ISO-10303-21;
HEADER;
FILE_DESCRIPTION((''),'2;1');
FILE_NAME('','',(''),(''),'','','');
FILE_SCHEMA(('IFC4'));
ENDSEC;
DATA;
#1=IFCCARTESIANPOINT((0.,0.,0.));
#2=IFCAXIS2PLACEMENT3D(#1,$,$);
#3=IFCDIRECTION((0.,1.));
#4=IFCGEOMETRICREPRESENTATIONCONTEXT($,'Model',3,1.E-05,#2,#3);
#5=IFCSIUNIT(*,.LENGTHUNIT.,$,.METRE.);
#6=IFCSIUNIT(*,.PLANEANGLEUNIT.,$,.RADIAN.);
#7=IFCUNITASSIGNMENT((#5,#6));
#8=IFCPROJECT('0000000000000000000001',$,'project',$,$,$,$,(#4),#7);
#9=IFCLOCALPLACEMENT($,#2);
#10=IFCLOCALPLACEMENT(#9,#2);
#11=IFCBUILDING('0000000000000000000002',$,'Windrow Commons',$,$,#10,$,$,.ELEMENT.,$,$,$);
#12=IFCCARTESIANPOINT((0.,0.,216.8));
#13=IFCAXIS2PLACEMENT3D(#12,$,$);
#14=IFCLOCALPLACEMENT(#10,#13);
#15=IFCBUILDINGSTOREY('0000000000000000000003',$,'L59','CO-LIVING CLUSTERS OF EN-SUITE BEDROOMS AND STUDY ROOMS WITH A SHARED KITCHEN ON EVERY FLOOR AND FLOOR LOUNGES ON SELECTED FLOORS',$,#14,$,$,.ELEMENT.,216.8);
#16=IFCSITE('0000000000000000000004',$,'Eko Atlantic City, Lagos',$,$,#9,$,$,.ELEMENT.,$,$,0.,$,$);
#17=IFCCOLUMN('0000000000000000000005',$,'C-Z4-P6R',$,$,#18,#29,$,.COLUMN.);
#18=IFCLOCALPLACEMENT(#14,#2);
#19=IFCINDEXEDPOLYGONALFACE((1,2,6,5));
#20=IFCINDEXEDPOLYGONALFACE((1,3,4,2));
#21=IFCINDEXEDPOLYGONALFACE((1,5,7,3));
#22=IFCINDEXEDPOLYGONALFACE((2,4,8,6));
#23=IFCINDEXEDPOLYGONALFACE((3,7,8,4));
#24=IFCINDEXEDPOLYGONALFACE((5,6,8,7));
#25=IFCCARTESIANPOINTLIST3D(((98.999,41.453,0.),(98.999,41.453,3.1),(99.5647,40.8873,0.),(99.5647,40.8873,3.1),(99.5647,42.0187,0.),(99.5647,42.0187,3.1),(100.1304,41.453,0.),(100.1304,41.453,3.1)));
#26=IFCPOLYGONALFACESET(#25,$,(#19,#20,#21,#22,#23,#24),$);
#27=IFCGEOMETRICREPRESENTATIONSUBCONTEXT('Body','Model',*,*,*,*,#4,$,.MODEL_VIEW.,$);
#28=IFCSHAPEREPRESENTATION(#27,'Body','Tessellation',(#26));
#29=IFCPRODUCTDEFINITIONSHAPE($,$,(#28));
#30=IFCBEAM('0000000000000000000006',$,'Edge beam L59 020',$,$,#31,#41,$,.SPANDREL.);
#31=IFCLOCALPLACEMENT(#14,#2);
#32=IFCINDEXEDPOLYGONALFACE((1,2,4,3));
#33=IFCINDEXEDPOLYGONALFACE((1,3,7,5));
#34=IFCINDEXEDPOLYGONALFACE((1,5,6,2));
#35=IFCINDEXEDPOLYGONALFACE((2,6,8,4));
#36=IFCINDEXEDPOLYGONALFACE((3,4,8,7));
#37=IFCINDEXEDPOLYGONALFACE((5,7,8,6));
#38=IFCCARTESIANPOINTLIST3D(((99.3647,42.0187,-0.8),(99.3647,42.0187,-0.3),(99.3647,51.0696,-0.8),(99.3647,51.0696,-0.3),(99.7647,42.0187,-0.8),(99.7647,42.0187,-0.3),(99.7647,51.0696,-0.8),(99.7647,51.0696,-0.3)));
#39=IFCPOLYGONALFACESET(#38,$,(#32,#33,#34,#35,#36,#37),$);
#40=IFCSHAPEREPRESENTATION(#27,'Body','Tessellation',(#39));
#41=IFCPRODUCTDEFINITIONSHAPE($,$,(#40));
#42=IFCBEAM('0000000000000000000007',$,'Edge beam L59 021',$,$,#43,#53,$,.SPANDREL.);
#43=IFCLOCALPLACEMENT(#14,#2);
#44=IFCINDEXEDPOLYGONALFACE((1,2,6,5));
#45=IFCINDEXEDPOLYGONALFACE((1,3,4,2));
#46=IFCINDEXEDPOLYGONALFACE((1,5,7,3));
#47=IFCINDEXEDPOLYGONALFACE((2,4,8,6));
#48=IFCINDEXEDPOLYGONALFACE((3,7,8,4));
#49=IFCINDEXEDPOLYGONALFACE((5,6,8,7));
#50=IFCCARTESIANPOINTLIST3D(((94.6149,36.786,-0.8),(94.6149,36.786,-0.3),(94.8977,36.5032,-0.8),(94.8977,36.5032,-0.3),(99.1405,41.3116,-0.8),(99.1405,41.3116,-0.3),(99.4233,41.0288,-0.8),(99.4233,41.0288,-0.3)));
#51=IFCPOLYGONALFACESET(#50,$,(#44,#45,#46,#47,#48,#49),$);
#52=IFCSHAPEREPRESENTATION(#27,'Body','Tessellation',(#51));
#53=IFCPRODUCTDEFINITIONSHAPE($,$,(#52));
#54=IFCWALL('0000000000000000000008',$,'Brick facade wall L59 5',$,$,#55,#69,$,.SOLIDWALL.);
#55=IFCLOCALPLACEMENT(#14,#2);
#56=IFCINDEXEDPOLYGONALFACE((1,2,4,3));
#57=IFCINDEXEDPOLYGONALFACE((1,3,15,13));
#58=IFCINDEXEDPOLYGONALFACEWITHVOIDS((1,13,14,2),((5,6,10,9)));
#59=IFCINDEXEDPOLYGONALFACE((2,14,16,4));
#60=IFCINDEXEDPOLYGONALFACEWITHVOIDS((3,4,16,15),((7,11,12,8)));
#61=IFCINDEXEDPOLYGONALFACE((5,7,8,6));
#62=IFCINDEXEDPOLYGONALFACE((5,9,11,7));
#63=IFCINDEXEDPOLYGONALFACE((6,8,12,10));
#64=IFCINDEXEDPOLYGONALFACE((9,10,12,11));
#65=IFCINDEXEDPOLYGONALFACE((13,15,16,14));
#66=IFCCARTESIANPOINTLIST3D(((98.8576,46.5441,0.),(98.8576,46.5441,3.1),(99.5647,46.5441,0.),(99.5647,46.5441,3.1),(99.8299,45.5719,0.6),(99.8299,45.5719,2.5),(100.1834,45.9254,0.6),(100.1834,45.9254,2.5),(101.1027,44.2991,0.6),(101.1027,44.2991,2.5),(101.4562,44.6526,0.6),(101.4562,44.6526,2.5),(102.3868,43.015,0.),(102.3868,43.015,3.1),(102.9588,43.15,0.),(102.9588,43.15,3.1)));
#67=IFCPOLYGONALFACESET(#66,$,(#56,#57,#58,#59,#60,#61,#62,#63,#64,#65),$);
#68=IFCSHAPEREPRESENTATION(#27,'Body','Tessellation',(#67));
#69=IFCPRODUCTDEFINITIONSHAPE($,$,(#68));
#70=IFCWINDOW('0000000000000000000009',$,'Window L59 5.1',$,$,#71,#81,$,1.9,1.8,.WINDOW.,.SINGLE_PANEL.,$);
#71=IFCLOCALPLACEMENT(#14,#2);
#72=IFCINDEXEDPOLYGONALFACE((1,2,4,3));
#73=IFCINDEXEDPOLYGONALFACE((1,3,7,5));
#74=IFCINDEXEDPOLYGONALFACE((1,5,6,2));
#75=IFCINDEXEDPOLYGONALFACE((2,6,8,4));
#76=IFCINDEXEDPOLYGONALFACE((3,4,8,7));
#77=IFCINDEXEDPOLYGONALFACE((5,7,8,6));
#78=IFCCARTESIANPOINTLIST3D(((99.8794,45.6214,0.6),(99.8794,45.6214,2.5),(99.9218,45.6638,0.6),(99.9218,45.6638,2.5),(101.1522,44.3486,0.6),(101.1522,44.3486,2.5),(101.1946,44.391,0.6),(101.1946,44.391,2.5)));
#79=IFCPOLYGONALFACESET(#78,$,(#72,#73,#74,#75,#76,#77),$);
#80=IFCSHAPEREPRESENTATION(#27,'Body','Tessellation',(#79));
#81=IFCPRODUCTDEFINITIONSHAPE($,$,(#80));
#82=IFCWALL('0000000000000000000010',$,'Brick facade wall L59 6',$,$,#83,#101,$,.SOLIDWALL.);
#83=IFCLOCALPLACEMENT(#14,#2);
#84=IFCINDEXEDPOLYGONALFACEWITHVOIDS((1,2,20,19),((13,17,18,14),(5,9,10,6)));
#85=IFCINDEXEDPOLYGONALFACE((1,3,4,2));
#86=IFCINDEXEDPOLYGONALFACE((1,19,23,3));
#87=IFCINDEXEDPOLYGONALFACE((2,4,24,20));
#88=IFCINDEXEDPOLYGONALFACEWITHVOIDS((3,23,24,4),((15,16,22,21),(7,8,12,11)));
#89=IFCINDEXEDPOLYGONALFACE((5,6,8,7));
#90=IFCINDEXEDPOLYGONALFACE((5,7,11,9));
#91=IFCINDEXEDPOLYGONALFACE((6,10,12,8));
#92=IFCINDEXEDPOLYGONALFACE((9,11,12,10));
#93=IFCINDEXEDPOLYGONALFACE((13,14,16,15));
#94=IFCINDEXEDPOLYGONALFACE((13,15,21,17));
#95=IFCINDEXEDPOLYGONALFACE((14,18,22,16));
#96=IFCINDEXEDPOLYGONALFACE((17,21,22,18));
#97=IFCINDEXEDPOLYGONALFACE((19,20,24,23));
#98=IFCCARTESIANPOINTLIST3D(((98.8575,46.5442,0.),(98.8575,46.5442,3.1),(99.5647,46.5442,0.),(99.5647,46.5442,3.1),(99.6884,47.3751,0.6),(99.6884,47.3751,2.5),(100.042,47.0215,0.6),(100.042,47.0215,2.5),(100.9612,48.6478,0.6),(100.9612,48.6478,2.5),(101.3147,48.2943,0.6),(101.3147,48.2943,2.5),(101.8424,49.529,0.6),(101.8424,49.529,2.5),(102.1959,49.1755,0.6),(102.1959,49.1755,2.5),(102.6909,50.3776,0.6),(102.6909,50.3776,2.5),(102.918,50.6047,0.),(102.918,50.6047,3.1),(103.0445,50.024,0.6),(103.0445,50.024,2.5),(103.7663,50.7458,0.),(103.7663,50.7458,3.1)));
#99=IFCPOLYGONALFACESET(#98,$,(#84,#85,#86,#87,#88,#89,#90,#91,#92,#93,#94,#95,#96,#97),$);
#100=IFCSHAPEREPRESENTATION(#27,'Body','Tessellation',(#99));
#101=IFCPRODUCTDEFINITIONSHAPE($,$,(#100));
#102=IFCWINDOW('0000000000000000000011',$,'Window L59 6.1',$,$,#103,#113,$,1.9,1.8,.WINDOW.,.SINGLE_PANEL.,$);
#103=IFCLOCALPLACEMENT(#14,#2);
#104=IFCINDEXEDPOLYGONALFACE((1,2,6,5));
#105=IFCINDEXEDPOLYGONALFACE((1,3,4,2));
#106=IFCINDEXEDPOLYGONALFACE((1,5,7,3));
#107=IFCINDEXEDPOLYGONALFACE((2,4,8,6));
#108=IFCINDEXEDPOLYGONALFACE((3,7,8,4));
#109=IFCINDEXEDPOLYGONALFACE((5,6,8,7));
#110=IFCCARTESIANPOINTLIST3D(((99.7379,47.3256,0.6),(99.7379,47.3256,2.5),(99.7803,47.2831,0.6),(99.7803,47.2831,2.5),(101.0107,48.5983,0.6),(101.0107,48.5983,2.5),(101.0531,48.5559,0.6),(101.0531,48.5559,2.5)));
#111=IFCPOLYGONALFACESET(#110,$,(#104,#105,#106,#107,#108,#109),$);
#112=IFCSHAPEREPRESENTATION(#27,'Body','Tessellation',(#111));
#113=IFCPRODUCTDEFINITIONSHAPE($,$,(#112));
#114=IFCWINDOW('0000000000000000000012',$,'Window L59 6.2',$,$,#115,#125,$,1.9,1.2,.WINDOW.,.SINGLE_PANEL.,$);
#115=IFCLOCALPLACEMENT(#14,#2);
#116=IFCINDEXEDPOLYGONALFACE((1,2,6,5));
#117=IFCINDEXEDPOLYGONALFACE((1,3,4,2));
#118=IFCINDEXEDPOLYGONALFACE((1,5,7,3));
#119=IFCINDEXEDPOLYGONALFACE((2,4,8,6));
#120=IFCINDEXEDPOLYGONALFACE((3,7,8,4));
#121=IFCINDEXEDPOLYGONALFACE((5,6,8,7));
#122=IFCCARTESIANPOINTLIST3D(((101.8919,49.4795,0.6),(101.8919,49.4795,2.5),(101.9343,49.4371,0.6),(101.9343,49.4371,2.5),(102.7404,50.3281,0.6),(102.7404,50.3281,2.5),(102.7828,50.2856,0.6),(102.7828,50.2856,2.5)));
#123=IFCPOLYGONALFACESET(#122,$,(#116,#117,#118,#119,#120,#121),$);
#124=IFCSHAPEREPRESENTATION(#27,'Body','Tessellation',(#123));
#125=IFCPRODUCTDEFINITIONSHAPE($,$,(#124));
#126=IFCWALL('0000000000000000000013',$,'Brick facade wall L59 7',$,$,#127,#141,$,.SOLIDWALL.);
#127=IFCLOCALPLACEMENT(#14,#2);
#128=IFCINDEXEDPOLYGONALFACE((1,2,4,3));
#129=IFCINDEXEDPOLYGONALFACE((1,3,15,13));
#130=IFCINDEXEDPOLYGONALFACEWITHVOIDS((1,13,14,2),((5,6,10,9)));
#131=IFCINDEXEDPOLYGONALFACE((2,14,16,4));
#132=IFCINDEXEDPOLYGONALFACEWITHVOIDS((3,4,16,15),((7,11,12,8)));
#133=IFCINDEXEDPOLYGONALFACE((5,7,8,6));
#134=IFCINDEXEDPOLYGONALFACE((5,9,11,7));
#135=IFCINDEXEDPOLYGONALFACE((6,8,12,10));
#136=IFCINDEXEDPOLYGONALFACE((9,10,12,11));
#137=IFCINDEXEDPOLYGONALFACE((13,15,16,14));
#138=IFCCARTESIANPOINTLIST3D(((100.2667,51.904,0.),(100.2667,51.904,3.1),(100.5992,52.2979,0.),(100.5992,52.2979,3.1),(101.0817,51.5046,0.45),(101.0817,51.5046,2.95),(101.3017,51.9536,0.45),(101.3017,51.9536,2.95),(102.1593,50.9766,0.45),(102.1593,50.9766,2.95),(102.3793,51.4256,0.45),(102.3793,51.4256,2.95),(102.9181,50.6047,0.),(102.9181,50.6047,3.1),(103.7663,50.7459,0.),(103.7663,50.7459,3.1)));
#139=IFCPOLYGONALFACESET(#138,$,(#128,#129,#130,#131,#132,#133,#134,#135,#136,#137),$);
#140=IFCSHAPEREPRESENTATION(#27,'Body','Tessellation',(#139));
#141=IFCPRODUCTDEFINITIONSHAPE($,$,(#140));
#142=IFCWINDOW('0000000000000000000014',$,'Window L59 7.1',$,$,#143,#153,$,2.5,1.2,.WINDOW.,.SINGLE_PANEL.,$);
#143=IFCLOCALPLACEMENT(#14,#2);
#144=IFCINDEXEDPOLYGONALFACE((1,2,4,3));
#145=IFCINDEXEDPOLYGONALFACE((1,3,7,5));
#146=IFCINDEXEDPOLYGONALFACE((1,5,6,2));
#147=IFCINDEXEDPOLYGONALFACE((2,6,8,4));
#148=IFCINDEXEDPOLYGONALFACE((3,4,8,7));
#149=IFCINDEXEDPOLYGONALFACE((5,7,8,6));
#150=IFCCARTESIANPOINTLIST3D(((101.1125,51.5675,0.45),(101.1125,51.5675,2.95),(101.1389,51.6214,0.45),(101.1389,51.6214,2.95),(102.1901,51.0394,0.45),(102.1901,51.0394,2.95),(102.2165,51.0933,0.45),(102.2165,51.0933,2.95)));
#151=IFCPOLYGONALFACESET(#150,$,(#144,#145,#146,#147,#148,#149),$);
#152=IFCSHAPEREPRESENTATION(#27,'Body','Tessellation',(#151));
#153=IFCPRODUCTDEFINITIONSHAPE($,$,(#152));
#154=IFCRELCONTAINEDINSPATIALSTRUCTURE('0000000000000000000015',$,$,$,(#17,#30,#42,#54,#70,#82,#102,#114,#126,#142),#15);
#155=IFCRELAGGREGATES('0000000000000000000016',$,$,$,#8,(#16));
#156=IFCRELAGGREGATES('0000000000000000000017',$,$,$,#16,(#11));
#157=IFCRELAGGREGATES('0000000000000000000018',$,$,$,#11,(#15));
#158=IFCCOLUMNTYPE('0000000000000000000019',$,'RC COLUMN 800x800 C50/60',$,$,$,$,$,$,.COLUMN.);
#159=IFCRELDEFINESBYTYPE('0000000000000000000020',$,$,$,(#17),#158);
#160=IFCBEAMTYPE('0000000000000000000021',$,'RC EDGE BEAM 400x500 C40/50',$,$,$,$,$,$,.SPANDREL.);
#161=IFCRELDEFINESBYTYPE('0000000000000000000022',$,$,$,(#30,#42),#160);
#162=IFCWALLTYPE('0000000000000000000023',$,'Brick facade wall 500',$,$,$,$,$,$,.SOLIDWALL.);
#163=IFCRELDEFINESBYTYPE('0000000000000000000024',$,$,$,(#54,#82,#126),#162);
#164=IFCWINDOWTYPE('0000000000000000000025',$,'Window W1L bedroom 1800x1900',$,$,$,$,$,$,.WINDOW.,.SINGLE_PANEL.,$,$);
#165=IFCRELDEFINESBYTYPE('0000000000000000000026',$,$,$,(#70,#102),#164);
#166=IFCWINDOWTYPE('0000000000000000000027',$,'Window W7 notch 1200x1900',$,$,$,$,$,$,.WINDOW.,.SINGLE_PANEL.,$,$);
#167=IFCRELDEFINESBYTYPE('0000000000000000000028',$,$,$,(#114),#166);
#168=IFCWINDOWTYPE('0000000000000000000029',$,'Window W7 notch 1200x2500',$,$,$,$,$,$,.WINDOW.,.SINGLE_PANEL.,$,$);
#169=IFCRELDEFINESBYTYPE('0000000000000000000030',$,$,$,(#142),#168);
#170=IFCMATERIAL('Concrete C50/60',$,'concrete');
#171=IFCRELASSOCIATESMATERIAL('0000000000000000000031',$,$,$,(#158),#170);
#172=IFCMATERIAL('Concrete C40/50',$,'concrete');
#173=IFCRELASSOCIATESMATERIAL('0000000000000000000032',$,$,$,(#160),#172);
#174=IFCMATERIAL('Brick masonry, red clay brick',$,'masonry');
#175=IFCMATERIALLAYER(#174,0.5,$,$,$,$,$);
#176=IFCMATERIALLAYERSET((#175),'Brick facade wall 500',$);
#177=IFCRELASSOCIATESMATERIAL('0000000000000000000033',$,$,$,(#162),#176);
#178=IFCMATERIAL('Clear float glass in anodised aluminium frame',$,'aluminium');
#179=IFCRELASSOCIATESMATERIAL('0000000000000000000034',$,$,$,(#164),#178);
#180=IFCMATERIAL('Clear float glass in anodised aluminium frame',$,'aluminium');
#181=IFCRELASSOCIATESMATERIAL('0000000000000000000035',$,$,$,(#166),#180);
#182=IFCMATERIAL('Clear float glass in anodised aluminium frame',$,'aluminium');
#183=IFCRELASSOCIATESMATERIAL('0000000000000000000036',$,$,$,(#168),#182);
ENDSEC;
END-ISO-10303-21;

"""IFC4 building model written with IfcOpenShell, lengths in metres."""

from ifc_helpers import new_model, si_unit, direction, frame, frame_2d, origin, origin_2d, place, context, subcontext, project, spatial, polyline, rectangle, outline, extrude, material, layer, layer_set, material_profile, profile_set, type_object, element, fill, save


model = new_model("IFC4")

# Units and contexts
model_context = context("Model", 3, precision=1e-05, world=origin(), true_north=direction((0.0, 1.0)))
body_context = subcontext(model_context, "Body", "Model", "MODEL_VIEW")
ifc_project = project(units=[si_unit("LENGTHUNIT", "METRE"), si_unit("PLANEANGLEUNIT", "RADIAN")], contexts=[model_context])

# Site, building, storey
site_placement = place(None, origin())
site = spatial("IfcSite", under=ifc_project, at=site_placement, Name="Eko Atlantic City, Lagos", CompositionType="ELEMENT", RefElevation=0.0)
building_placement = place(site_placement, origin())
building = spatial("IfcBuilding", under=site, at=building_placement, Name="Windrow Commons", CompositionType="ELEMENT")
storey_placement = place(building_placement, frame((0.0, 0.0, 216.8)))
storey = spatial("IfcBuildingStorey", under=building, at=storey_placement, Name="L59", Description="CO-LIVING CLUSTERS OF EN-SUITE BEDROOMS AND STUDY ROOMS WITH A SHARED KITCHEN ON EVERY FLOOR AND FLOOR LOUNGES ON SELECTED FLOORS", CompositionType="ELEMENT", Elevation=216.8)

# Column
ifc_material_1 = material(Name="Concrete C50/60", Category="concrete")
ifc_material_profile_1 = material_profile(ifc_material_1, rectangle(XDim=0.8, YDim=0.8, at=origin_2d()))
ifc_profile_set_1 = profile_set([ifc_material_profile_1], Name="Concrete C50/60")
column_type = type_object("IfcColumnType", Name="RC COLUMN 800x800 C50/60", PredefinedType="COLUMN", material=ifc_profile_set_1)
column_placement = place(storey_placement, frame((99.5647, 41.453, 0.0), z_axis=(0.0, 0.0, 1.0), x_axis=(0.707107, -0.707107, 0.0)))
element("IfcColumn", 1, at=column_placement, inside=storey, type_object=column_type, Name="C-Z4-P6R", PredefinedType="COLUMN", context=body_context, shape_type="SweptSolid", body=[
    extrude(rectangle(XDim=0.8, YDim=0.8, at=origin_2d()), origin(), (0.0, 0.0, 1.0), 3.1),
])

# Beams
ifc_material_2 = material(Name="Concrete C40/50", Category="concrete")
ifc_material_profile_2 = material_profile(ifc_material_2, rectangle(XDim=0.4, YDim=0.5, at=origin_2d()))
ifc_profile_set_2 = profile_set([ifc_material_profile_2], Name="Concrete C40/50")
beam_type = type_object("IfcBeamType", Name="RC EDGE BEAM 400x500 C40/50", PredefinedType="SPANDREL", material=ifc_profile_set_2)
beam_1_placement = place(storey_placement, frame((99.5647, 51.0696, -0.55), z_axis=(0.0, -1.0, 0.0), x_axis=(1.0, 0.0, 0.0)))
element("IfcBeam", 2, at=beam_1_placement, inside=storey, type_object=beam_type, Name="Edge beam L59 020", PredefinedType="SPANDREL", context=body_context, shape_type="SweptSolid", body=[
    extrude(rectangle(XDim=0.4, YDim=0.5, at=origin_2d()), origin(), (0.0, 0.0, 1.0), 9.0509),
])
beam_2_placement = place(storey_placement, frame((99.2819, 41.1702, -0.55), z_axis=(-0.707107, -0.707107, 0.0), x_axis=(0.707107, -0.707107, 0.0)))
element("IfcBeam", 3, at=beam_2_placement, inside=storey, type_object=beam_type, Name="Edge beam L59 021", PredefinedType="SPANDREL", context=body_context, shape_type="SweptSolid", body=[
    extrude(rectangle(XDim=0.4, YDim=0.5, at=origin_2d()), origin(), (0.0, 0.0, 1.0), 6.4002),
])

# Wall, opening, window
ifc_material_3 = material(Name="Brick masonry, red clay brick", Category="masonry")
ifc_layer_1 = layer(ifc_material_3, 0.5)
ifc_layer_set_1 = layer_set([ifc_layer_1], Name="Brick facade wall 500")
wall_type_1 = type_object("IfcWallType", Name="Brick facade wall 500", PredefinedType="SOLIDWALL", material=ifc_layer_set_1)
wall_1_placement = place(storey_placement, frame((102.6728, 43.0825, 0.0), z_axis=(0.0, 0.0, 1.0), x_axis=(-0.707107, 0.707107, 0.0)))
wall_1 = element("IfcWall", 4, at=wall_1_placement, inside=storey, type_object=wall_type_1, Name="Brick facade wall L59 5", PredefinedType="SOLIDWALL", context=body_context, shape_type="SweptSolid", body=[
    extrude(outline(polyline([(-0.1545, -0.25), (4.6455, -0.25), (5.1455, 0.25), (0.1545, 0.25), (-0.1545, -0.25)])), origin(), (0.0, 0.0, 1.0), 3.1),
])
opening_1_placement = place(wall_1_placement, frame((1.9705, 0.0, 0.6)))
opening_1 = element("IfcOpeningElement", 5, at=opening_1_placement, cuts=wall_1, PredefinedType="OPENING", context=body_context, shape_type="SweptSolid", body=[
    extrude(rectangle(XDim=1.8, YDim=1.9, at=frame_2d((0.9, 0.95))), frame((0.0, 0.26, 0.0), z_axis=(0.0, -1.0, 0.0), x_axis=(1.0, 0.0, 0.0)), (0.0, 0.0, 1.0), 0.52),
])
ifc_material_4 = material(Name="Clear float glass in anodised aluminium frame", Category="aluminium")
window_type_1 = type_object("IfcWindowType", Name="Window W1L bedroom 1800x1900", PartitioningType="SINGLE_PANEL", PredefinedType="WINDOW", material=ifc_material_4)
window_1_placement = place(opening_1_placement, origin())
window_1 = element("IfcWindow", 6, at=window_1_placement, inside=storey, type_object=window_type_1, Name="Window L59 5.1", OverallHeight=1.9, OverallWidth=1.8, PartitioningType="SINGLE_PANEL", PredefinedType="WINDOW", context=body_context, shape_type="SweptSolid", body=[
    extrude(rectangle(XDim=1.8, YDim=1.9, at=frame_2d((0.9, 0.95))), frame((0.0, 0.18, 0.0), z_axis=(0.0, -1.0, 0.0), x_axis=(1.0, 0.0, 0.0)), (0.0, 0.0, 1.0), 0.06),
])
fill(opening_1, window_1)

# Wall, openings, windows
wall_2_placement = place(storey_placement, frame((99.2111, 46.5442, 0.0), z_axis=(0.0, 0.0, 1.0), x_axis=(0.707107, 0.707107, 0.0)))
wall_2 = element("IfcWall", 7, at=wall_2_placement, inside=storey, type_object=wall_type_1, Name="Brick facade wall L59 6", PredefinedType="SOLIDWALL", context=body_context, shape_type="SweptSolid", body=[
    extrude(outline(polyline([(0.25, -0.25), (6.192, -0.25), (5.4924, 0.25), (-0.25, 0.25), (0.25, -0.25)])), origin(), (0.0, 0.0, 1.0), 3.1),
])
opening_2_placement = place(wall_2_placement, frame((0.925, 0.0, 0.6)))
opening_2 = element("IfcOpeningElement", 8, at=opening_2_placement, cuts=wall_2, PredefinedType="OPENING", context=body_context, shape_type="SweptSolid", body=[
    extrude(rectangle(XDim=1.8, YDim=1.9, at=frame_2d((0.9, 0.95))), frame((0.0, 0.26, 0.0), z_axis=(0.0, -1.0, 0.0), x_axis=(1.0, 0.0, 0.0)), (0.0, 0.0, 1.0), 0.52),
])
opening_3_placement = place(wall_2_placement, frame((3.9712, 0.0, 0.6)))
opening_3 = element("IfcOpeningElement", 9, at=opening_3_placement, cuts=wall_2, PredefinedType="OPENING", context=body_context, shape_type="SweptSolid", body=[
    extrude(rectangle(XDim=1.2, YDim=1.9, at=frame_2d((0.6, 0.95))), frame((0.0, 0.26, 0.0), z_axis=(0.0, -1.0, 0.0), x_axis=(1.0, 0.0, 0.0)), (0.0, 0.0, 1.0), 0.52),
])
window_2_placement = place(opening_2_placement, origin())
window_2 = element("IfcWindow", 10, at=window_2_placement, inside=storey, type_object=window_type_1, Name="Window L59 6.1", OverallHeight=1.9, OverallWidth=1.8, PartitioningType="SINGLE_PANEL", PredefinedType="WINDOW", context=body_context, shape_type="SweptSolid", body=[
    extrude(rectangle(XDim=1.8, YDim=1.9, at=frame_2d((0.9, 0.95))), frame((0.0, 0.18, 0.0), z_axis=(0.0, -1.0, 0.0), x_axis=(1.0, 0.0, 0.0)), (0.0, 0.0, 1.0), 0.06),
])
fill(opening_2, window_2)
ifc_material_5 = material(Name="Clear float glass in anodised aluminium frame", Category="aluminium")
window_type_2 = type_object("IfcWindowType", Name="Window W7 notch 1200x1900", PartitioningType="SINGLE_PANEL", PredefinedType="WINDOW", material=ifc_material_5)
window_3_placement = place(opening_3_placement, origin())
window_3 = element("IfcWindow", 11, at=window_3_placement, inside=storey, type_object=window_type_2, Name="Window L59 6.2", OverallHeight=1.9, OverallWidth=1.2, PartitioningType="SINGLE_PANEL", PredefinedType="WINDOW", context=body_context, shape_type="SweptSolid", body=[
    extrude(rectangle(XDim=1.2, YDim=1.9, at=frame_2d((0.6, 0.95))), frame((0.0, 0.18, 0.0), z_axis=(0.0, -1.0, 0.0), x_axis=(1.0, 0.0, 0.0)), (0.0, 0.0, 1.0), 0.06),
])
fill(opening_3, window_3)

# Wall, opening, window
wall_3_placement = place(storey_placement, frame((103.3422, 50.6753, 0.0), z_axis=(0.0, 0.0, 1.0), x_axis=(-0.897973, 0.440051, 0.0)))
wall_3 = element("IfcWall", 12, at=wall_3_placement, inside=storey, type_object=wall_type_1, Name="Brick facade wall L59 7", PredefinedType="SOLIDWALL", context=body_context, shape_type="SweptSolid", body=[
    extrude(outline(polyline([(-0.3498, -0.25), (3.1772, -0.25), (3.3024, 0.25), (0.3498, 0.25), (-0.3498, -0.25)])), origin(), (0.0, 0.0, 1.0), 3.1),
])
opening_4_placement = place(wall_3_placement, frame((1.1948, 0.0, 0.45)))
opening_4 = element("IfcOpeningElement", 13, at=opening_4_placement, cuts=wall_3, PredefinedType="OPENING", context=body_context, shape_type="SweptSolid", body=[
    extrude(rectangle(XDim=1.2, YDim=2.5, at=frame_2d((0.6, 1.25))), frame((0.0, 0.26, 0.0), z_axis=(0.0, -1.0, 0.0), x_axis=(1.0, 0.0, 0.0)), (0.0, 0.0, 1.0), 0.52),
])
ifc_material_6 = material(Name="Clear float glass in anodised aluminium frame", Category="aluminium")
window_type_3 = type_object("IfcWindowType", Name="Window W7 notch 1200x2500", PartitioningType="SINGLE_PANEL", PredefinedType="WINDOW", material=ifc_material_6)
window_4_placement = place(opening_4_placement, origin())
window_4 = element("IfcWindow", 14, at=window_4_placement, inside=storey, type_object=window_type_3, Name="Window L59 7.1", OverallHeight=2.5, OverallWidth=1.2, PartitioningType="SINGLE_PANEL", PredefinedType="WINDOW", context=body_context, shape_type="SweptSolid", body=[
    extrude(rectangle(XDim=1.2, YDim=2.5, at=frame_2d((0.6, 1.25))), frame((0.0, 0.18, 0.0), z_axis=(0.0, -1.0, 0.0), x_axis=(1.0, 0.0, 0.0)), (0.0, 0.0, 1.0), 0.06),
])
fill(opening_4, window_4)

save(model, "model.ifc")
